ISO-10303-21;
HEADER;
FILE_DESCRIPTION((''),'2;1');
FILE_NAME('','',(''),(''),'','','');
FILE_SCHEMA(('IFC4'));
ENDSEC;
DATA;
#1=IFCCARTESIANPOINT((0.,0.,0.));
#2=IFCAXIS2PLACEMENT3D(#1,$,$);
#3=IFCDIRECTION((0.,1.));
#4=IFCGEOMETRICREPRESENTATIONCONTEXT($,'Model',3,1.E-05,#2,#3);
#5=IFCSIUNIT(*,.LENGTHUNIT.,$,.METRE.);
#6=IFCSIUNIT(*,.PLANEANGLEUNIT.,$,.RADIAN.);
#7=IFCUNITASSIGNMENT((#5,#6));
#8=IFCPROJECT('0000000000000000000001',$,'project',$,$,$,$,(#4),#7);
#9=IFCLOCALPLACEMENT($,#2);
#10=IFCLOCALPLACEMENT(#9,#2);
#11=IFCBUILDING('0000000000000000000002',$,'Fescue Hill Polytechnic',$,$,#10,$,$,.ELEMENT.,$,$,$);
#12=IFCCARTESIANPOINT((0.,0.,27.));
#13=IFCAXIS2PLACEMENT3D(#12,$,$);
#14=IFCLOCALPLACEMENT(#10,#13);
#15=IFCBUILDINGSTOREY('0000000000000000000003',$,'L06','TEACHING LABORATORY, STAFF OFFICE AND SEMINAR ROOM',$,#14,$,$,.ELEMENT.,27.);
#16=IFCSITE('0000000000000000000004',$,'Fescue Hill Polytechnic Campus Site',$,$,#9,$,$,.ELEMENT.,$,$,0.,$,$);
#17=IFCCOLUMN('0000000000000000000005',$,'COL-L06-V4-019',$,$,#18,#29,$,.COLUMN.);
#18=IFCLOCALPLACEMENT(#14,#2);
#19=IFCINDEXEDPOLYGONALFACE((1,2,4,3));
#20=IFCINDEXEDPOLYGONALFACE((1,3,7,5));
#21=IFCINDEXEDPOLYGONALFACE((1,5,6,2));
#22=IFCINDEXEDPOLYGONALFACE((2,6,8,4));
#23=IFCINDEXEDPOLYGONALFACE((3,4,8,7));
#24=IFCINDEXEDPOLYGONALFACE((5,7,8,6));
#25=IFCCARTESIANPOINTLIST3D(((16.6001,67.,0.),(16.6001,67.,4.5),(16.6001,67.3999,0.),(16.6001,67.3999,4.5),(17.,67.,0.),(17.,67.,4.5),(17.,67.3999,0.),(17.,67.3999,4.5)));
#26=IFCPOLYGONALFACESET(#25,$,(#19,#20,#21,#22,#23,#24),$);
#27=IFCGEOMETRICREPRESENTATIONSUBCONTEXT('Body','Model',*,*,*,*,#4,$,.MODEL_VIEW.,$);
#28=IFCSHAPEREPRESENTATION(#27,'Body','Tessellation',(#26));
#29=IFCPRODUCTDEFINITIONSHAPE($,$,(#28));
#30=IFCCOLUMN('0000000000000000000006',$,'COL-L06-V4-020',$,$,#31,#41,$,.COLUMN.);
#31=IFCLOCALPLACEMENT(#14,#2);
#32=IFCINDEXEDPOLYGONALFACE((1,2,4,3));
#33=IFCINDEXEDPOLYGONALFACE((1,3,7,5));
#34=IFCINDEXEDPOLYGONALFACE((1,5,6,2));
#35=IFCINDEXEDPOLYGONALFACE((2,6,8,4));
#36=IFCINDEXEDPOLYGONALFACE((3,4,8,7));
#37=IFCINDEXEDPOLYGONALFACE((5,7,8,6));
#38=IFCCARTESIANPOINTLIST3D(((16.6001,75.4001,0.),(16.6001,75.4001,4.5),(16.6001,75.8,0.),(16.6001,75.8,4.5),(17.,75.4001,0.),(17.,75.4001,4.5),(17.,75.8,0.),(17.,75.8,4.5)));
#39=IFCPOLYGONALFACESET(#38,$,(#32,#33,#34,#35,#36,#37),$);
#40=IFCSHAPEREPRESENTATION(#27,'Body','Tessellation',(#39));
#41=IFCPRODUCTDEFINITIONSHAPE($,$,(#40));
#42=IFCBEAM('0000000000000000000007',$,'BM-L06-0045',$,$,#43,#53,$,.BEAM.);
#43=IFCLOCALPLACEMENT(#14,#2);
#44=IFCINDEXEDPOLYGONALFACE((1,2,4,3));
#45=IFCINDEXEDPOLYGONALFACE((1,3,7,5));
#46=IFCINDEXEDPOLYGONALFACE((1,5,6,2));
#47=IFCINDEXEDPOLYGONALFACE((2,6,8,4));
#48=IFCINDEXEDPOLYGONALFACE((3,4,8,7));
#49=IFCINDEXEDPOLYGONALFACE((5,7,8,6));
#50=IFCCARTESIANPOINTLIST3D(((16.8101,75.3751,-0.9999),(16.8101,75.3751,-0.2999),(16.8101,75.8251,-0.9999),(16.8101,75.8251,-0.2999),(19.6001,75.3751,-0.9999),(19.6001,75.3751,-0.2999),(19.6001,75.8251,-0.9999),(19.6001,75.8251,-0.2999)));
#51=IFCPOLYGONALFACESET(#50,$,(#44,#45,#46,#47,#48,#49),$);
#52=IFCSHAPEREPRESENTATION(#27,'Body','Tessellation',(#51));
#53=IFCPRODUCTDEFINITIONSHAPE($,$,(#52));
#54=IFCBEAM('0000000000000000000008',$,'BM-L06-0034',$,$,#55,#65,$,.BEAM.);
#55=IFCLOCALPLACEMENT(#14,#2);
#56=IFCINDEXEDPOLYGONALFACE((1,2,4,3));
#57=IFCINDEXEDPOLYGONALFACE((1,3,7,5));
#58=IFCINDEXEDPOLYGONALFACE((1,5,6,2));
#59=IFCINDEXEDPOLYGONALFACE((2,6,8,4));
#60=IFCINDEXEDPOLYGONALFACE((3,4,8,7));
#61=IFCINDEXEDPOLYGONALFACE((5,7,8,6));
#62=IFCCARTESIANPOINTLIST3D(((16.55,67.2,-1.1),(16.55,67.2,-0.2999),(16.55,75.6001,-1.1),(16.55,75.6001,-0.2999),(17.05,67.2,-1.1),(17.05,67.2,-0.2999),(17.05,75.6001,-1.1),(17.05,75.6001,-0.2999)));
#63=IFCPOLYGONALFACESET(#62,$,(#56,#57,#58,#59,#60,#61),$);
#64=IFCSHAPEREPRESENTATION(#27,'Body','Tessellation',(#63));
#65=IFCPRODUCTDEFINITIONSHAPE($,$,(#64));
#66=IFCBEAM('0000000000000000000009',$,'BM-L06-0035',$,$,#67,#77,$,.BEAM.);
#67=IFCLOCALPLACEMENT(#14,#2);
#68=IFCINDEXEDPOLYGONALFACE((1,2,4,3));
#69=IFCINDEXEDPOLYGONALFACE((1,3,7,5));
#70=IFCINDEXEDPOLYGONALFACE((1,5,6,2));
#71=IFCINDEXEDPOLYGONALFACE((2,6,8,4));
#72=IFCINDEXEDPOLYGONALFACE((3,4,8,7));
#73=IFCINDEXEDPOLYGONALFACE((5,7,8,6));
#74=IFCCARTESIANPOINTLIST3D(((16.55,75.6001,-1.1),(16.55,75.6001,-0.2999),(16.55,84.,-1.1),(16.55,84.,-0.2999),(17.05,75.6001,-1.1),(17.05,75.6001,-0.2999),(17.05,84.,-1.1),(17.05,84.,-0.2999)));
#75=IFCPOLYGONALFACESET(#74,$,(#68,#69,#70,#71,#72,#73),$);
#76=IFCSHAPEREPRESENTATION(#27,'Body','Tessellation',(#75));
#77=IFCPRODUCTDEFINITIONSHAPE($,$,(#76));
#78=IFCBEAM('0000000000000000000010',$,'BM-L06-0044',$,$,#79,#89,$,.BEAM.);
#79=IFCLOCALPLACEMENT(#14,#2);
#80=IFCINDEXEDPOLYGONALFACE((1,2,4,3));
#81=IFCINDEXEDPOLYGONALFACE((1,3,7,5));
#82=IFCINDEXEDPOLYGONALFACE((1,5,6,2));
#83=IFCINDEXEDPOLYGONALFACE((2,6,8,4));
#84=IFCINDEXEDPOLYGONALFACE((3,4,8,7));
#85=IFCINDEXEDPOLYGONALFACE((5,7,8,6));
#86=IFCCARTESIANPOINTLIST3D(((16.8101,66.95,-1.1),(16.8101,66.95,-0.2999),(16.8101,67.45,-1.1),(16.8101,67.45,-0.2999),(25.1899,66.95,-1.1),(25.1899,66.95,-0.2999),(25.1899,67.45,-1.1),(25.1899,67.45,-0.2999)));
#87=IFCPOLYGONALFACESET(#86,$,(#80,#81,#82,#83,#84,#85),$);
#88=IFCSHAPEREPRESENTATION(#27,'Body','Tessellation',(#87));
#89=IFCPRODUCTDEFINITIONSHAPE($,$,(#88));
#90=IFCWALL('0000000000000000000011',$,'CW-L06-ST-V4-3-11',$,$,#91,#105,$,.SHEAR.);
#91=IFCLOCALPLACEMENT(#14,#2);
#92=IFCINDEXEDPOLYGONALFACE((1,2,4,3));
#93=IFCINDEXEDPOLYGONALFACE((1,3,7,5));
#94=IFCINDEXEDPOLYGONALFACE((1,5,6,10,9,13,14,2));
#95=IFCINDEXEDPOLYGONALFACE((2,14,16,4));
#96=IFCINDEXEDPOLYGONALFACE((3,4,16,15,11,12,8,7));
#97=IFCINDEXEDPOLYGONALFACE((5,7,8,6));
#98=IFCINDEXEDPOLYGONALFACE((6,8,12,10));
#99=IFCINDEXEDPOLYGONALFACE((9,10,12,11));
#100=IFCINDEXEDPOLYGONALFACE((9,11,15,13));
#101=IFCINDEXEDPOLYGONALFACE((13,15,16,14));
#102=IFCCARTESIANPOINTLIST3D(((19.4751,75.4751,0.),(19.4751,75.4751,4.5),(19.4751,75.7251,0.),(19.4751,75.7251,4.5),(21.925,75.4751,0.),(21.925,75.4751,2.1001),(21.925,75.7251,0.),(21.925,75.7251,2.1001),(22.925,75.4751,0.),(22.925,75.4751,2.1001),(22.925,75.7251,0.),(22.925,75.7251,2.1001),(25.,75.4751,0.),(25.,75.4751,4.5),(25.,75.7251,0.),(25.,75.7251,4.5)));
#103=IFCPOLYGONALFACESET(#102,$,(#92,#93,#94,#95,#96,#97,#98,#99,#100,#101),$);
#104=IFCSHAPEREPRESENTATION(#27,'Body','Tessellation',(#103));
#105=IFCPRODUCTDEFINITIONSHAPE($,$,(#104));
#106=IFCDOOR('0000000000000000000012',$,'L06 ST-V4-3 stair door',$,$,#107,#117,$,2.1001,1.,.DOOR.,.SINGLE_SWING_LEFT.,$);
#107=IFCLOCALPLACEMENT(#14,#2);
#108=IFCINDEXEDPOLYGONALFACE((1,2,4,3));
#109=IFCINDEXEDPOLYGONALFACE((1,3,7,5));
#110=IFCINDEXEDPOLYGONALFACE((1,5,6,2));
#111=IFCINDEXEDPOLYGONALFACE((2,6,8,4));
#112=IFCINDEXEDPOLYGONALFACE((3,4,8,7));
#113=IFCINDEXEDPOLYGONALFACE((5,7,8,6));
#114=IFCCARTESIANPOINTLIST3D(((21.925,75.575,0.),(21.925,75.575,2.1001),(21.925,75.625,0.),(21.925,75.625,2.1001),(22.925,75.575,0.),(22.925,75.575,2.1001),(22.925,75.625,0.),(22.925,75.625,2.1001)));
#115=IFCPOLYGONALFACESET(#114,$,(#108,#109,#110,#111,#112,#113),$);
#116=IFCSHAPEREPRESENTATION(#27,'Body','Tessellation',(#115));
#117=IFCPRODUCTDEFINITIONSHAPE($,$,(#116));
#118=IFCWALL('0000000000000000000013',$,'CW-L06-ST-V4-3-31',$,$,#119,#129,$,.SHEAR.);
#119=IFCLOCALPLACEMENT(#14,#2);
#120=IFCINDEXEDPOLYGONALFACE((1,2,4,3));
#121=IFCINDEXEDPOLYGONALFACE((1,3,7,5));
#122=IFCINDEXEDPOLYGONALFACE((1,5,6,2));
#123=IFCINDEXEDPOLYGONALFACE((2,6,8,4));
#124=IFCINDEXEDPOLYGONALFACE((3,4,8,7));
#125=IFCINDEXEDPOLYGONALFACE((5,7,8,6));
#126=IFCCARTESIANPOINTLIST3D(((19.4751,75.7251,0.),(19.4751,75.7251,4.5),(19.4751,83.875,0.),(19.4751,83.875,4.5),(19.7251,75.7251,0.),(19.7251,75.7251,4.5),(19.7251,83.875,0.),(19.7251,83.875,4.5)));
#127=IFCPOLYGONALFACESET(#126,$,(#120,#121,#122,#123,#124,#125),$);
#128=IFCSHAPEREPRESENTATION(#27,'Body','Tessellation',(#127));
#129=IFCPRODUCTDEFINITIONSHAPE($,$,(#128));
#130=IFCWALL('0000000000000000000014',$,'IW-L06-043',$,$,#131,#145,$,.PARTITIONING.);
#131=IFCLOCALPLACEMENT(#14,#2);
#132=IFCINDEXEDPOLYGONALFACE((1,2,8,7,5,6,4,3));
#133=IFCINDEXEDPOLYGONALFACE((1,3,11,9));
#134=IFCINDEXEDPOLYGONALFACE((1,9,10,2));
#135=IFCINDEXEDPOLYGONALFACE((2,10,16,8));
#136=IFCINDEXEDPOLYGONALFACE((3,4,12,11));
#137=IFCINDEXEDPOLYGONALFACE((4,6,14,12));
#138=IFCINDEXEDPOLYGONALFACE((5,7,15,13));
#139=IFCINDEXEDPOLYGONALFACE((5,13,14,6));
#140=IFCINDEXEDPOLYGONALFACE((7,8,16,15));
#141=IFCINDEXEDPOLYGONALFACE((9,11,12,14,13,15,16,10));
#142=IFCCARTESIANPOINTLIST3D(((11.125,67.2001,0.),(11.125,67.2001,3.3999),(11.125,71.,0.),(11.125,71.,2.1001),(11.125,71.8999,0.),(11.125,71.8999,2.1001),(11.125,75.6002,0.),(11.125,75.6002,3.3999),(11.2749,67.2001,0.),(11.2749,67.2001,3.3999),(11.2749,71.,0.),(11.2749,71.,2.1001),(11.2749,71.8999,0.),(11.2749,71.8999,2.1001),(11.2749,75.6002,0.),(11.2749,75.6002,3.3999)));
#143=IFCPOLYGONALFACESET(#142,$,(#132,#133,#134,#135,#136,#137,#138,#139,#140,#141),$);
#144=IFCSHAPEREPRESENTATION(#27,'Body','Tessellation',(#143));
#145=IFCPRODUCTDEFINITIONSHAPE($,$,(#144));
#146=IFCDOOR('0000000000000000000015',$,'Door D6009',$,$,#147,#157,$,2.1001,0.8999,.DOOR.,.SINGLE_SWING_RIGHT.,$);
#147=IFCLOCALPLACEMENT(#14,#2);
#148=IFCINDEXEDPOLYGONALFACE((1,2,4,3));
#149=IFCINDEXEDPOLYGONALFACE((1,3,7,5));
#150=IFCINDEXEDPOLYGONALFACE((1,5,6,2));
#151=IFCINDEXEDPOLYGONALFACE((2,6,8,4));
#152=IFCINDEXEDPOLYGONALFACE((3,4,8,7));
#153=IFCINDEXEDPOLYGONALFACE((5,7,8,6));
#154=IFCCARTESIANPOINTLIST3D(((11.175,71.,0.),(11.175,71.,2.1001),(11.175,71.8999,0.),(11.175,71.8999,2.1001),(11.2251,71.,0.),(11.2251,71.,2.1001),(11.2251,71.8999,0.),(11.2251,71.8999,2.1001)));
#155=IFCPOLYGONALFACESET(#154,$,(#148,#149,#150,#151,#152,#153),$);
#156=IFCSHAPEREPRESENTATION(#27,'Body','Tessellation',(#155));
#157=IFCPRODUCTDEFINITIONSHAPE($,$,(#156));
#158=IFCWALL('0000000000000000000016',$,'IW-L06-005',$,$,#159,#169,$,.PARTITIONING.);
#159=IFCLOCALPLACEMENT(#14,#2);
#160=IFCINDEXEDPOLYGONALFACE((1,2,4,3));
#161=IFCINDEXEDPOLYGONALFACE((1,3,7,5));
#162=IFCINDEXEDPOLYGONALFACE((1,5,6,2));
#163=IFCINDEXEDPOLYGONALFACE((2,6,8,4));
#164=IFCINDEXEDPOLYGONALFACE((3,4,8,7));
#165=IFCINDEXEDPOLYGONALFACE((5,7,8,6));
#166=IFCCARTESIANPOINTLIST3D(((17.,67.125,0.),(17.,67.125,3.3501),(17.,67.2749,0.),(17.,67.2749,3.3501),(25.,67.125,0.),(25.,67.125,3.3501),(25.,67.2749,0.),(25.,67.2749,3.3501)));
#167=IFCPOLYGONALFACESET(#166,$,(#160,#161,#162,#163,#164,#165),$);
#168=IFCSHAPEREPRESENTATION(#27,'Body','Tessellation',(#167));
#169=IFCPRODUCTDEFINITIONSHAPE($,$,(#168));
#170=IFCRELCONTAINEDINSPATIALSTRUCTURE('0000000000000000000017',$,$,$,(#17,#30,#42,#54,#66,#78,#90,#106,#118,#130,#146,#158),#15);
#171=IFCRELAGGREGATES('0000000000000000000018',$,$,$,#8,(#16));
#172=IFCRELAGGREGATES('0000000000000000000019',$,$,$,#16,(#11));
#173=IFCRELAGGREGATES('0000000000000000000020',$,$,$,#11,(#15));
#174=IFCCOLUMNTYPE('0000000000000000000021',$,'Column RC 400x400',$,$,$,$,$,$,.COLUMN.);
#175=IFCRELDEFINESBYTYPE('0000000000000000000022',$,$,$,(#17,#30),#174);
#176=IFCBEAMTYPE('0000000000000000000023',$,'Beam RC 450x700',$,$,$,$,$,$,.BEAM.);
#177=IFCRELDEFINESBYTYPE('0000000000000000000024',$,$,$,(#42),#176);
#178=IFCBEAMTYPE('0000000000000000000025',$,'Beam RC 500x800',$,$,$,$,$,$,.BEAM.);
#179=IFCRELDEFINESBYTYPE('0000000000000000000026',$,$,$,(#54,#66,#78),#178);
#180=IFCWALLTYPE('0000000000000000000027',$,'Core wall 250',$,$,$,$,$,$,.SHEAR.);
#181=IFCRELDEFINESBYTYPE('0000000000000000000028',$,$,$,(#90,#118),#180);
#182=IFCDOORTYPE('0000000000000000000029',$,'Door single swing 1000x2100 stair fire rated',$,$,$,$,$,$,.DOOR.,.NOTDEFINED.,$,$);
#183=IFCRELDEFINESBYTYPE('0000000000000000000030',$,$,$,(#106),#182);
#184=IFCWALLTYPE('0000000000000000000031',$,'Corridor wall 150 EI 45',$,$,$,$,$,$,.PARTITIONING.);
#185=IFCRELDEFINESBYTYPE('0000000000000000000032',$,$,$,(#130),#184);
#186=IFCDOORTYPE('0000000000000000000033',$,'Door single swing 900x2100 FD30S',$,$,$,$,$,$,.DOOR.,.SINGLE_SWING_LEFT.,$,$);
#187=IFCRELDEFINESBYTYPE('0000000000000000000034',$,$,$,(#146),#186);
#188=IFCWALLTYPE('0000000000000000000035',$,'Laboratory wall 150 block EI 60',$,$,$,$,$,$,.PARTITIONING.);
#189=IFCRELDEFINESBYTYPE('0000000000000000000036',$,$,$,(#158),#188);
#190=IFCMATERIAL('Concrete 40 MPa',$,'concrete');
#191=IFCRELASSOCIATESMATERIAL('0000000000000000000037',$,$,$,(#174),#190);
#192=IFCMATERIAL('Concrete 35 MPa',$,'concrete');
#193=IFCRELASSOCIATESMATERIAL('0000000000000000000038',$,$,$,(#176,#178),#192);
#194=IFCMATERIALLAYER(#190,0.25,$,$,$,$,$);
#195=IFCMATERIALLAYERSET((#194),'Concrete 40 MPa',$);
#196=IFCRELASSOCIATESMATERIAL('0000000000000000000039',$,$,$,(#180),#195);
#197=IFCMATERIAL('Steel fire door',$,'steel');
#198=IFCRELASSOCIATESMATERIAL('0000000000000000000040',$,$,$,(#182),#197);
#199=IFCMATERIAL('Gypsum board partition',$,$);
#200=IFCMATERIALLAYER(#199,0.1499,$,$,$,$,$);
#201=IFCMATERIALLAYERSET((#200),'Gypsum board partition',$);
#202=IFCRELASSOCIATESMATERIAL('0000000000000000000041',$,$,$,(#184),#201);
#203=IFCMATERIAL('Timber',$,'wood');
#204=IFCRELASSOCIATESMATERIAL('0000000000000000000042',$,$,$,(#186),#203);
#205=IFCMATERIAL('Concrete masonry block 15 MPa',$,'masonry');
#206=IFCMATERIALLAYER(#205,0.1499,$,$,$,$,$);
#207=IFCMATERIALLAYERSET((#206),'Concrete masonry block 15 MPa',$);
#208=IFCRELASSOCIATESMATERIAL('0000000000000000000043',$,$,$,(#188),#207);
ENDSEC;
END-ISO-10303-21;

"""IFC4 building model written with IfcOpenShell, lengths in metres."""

from ifc_helpers import new_model, si_unit, direction, frame, frame_2d, origin, origin_2d, place, context, subcontext, project, spatial, rectangle, extrude, material, layer, layer_set, material_profile, profile_set, type_object, element, fill, save


model = new_model("IFC4")

# Units and contexts
model_context = context("Model", 3, precision=1e-05, world=origin(), true_north=direction((0.0, 1.0)))
body_context = subcontext(model_context, "Body", "Model", "MODEL_VIEW")
ifc_project = project(units=[si_unit("LENGTHUNIT", "METRE"), si_unit("PLANEANGLEUNIT", "RADIAN")], contexts=[model_context])

# Site, building, storey
site_placement = place(None, origin())
site = spatial("IfcSite", under=ifc_project, at=site_placement, Name="Fescue Hill Polytechnic Campus Site", CompositionType="ELEMENT", RefElevation=0.0)
building_placement = place(site_placement, origin())
building = spatial("IfcBuilding", under=site, at=building_placement, Name="Fescue Hill Polytechnic", CompositionType="ELEMENT")
storey_placement = place(building_placement, frame((0.0, 0.0, 27.0)))
storey = spatial("IfcBuildingStorey", under=building, at=storey_placement, Name="L06", Description="TEACHING LABORATORY, STAFF OFFICE AND SEMINAR ROOM", CompositionType="ELEMENT", Elevation=27.0)

# Columns
ifc_material_1 = material(Name="Concrete 40 MPa", Category="concrete")
ifc_material_profile_1 = material_profile(ifc_material_1, rectangle(XDim=0.3999, YDim=0.3999, at=origin_2d()), Name="RC 400x400")
ifc_profile_set_1 = profile_set([ifc_material_profile_1], Name="Concrete 40 MPa")
column_type = type_object("IfcColumnType", Name="Column RC 400x400", PredefinedType="COLUMN", material=ifc_profile_set_1)
for number, where, z_axis, x_axis, name in (
    (1, (16.8, 67.2, 0.0), (0.0, 0.0, 1.0), (1.0, 0.0, 0.0), "COL-L06-V4-019"),
    (2, (16.8, 75.6001, 0.0), (0.0, 0.0, 1.0), (1.0, 0.0, 0.0), "COL-L06-V4-020"),
):
    element("IfcColumn", number, at=place(storey_placement, frame(where, z_axis=z_axis, x_axis=x_axis)), inside=storey, type_object=column_type, Name=name, PredefinedType="COLUMN", context=body_context, shape_type="SweptSolid", body=[
        extrude(rectangle(XDim=0.3999, YDim=0.3999, at=origin_2d()), origin(), (0.0, 0.0, 1.0), 4.5),
    ])

# Beams
ifc_material_2 = material(Name="Concrete 35 MPa", Category="concrete")
ifc_material_profile_2 = material_profile(ifc_material_2, rectangle(XDim=0.45, YDim=0.7, at=origin_2d()), Name="RC 450x700")
ifc_profile_set_2 = profile_set([ifc_material_profile_2], Name="Concrete 35 MPa")
beam_type_1 = type_object("IfcBeamType", Name="Beam RC 450x700", PredefinedType="BEAM", material=ifc_profile_set_2)
beam_1_placement = place(storey_placement, frame((16.8101, 75.6001, -0.6499), z_axis=(1.0, 0.0, 0.0), x_axis=(0.0, 1.0, 0.0)))
element("IfcBeam", 3, at=beam_1_placement, inside=storey, type_object=beam_type_1, Name="BM-L06-0045", PredefinedType="BEAM", context=body_context, shape_type="SweptSolid", body=[
    extrude(rectangle(XDim=0.45, YDim=0.7, at=origin_2d()), origin(), (0.0, 0.0, 1.0), 2.79),
])
ifc_material_profile_3 = material_profile(ifc_material_2, rectangle(XDim=0.5, YDim=0.8, at=origin_2d()), Name="RC 500x800")
ifc_profile_set_3 = profile_set([ifc_material_profile_3], Name="Concrete 35 MPa")
beam_type_2 = type_object("IfcBeamType", Name="Beam RC 500x800", PredefinedType="BEAM", material=ifc_profile_set_3)
beam_2_placement = place(storey_placement, frame((16.8, 67.2, -0.7), z_axis=(0.0, 1.0, 0.0), x_axis=(-1.0, 0.0, 0.0)))
element("IfcBeam", 4, at=beam_2_placement, inside=storey, type_object=beam_type_2, Name="BM-L06-0034", PredefinedType="BEAM", context=body_context, shape_type="SweptSolid", body=[
    extrude(rectangle(XDim=0.5, YDim=0.8, at=origin_2d()), origin(), (0.0, 0.0, 1.0), 8.4001),
])
beam_3_placement = place(storey_placement, frame((16.8, 75.6001, -0.7), z_axis=(0.0, 1.0, 0.0), x_axis=(-1.0, 0.0, 0.0)))
element("IfcBeam", 5, at=beam_3_placement, inside=storey, type_object=beam_type_2, Name="BM-L06-0035", PredefinedType="BEAM", context=body_context, shape_type="SweptSolid", body=[
    extrude(rectangle(XDim=0.5, YDim=0.8, at=origin_2d()), origin(), (0.0, 0.0, 1.0), 8.3999),
])
beam_4_placement = place(storey_placement, frame((16.8101, 67.2, -0.7), z_axis=(1.0, 0.0, 0.0), x_axis=(0.0, 1.0, 0.0)))
element("IfcBeam", 6, at=beam_4_placement, inside=storey, type_object=beam_type_2, Name="BM-L06-0044", PredefinedType="BEAM", context=body_context, shape_type="SweptSolid", body=[
    extrude(rectangle(XDim=0.5, YDim=0.8, at=origin_2d()), origin(), (0.0, 0.0, 1.0), 8.3799),
])

# Wall, opening, door
ifc_layer_1 = layer(ifc_material_1, 0.25)
ifc_layer_set_1 = layer_set([ifc_layer_1], Name="Concrete 40 MPa")
wall_type_1 = type_object("IfcWallType", Name="Core wall 250", PredefinedType="SHEAR", material=ifc_layer_set_1)
wall_1_placement = place(storey_placement, frame((19.4751, 75.6001, 0.0), z_axis=(0.0, 0.0, 1.0), x_axis=(1.0, 0.0, 0.0)))
wall_1 = element("IfcWall", 7, at=wall_1_placement, inside=storey, type_object=wall_type_1, Name="CW-L06-ST-V4-3-11", PredefinedType="SHEAR", context=body_context, shape_type="SweptSolid", body=[
    extrude(rectangle(XDim=5.5249, YDim=0.25, at=frame_2d((2.7625, 0.0))), origin(), (0.0, 0.0, 1.0), 4.5),
])
opening_1_placement = place(wall_1_placement, frame((2.45, 0.0, 0.0)))
opening_1 = element("IfcOpeningElement", 8, at=opening_1_placement, cuts=wall_1, PredefinedType="OPENING", context=body_context, shape_type="SweptSolid", body=[
    extrude(rectangle(XDim=1.0, YDim=2.1001, at=frame_2d((0.5, 1.05))), frame((0.0, 0.135, 0.0), z_axis=(0.0, -1.0, 0.0), x_axis=(1.0, 0.0, 0.0)), (0.0, 0.0, 1.0), 0.27),
])
ifc_material_3 = material(Name="Steel fire door", Category="steel")
door_type_1 = type_object("IfcDoorType", Name="Door single swing 1000x2100 stair fire rated", OperationType="NOTDEFINED", PredefinedType="DOOR", material=ifc_material_3)
door_1_placement = place(opening_1_placement, origin())
door_1 = element("IfcDoor", 9, at=door_1_placement, inside=storey, type_object=door_type_1, Name="L06 ST-V4-3 stair door", OperationType="SINGLE_SWING_LEFT", OverallHeight=2.1001, OverallWidth=1.0, PredefinedType="DOOR", context=body_context, shape_type="SweptSolid", body=[
    extrude(rectangle(XDim=1.0, YDim=2.1001, at=frame_2d((0.5, 1.05))), frame((0.0, 0.0249, 0.0), z_axis=(0.0, -1.0, 0.0), x_axis=(1.0, 0.0, 0.0)), (0.0, 0.0, 1.0), 0.05),
])
fill(opening_1, door_1)

# Wall
wall_2_placement = place(storey_placement, frame((19.6001, 75.7251, 0.0), z_axis=(0.0, 0.0, 1.0), x_axis=(0.0, 1.0, 0.0)))
element("IfcWall", 10, at=wall_2_placement, inside=storey, type_object=wall_type_1, Name="CW-L06-ST-V4-3-31", PredefinedType="SHEAR", context=body_context, shape_type="SweptSolid", body=[
    extrude(rectangle(XDim=8.1499, YDim=0.25, at=frame_2d((4.075, 0.0))), origin(), (0.0, 0.0, 1.0), 4.5),
])

# Wall, opening, door
ifc_material_4 = material(Name="Gypsum board partition")
ifc_layer_2 = layer(ifc_material_4, 0.1499)
ifc_layer_set_2 = layer_set([ifc_layer_2], Name="Gypsum board partition")
wall_type_2 = type_object("IfcWallType", Name="Corridor wall 150 EI 45", PredefinedType="PARTITIONING", material=ifc_layer_set_2)
wall_3_placement = place(storey_placement, frame((11.2, 67.2, 0.0), z_axis=(0.0, 0.0, 1.0), x_axis=(0.0, 1.0, 0.0)))
wall_3 = element("IfcWall", 11, at=wall_3_placement, inside=storey, type_object=wall_type_2, Name="IW-L06-043", PredefinedType="PARTITIONING", context=body_context, shape_type="SweptSolid", body=[
    extrude(rectangle(XDim=8.4001, YDim=0.1499, at=frame_2d((4.2002, 0.0))), origin(), (0.0, 0.0, 1.0), 3.3999),
])
opening_2_placement = place(wall_3_placement, frame((3.8, 0.0, 0.0)))
opening_2 = element("IfcOpeningElement", 12, at=opening_2_placement, cuts=wall_3, PredefinedType="OPENING", context=body_context, shape_type="SweptSolid", body=[
    extrude(rectangle(XDim=0.8999, YDim=2.1001, at=frame_2d((0.45, 1.05))), frame((0.0, 0.085, 0.0), z_axis=(0.0, -1.0, 0.0), x_axis=(1.0, 0.0, 0.0)), (0.0, 0.0, 1.0), 0.1699),
])
ifc_material_5 = material(Name="Timber", Category="wood")
door_type_2 = type_object("IfcDoorType", Name="Door single swing 900x2100 FD30S", OperationType="SINGLE_SWING_LEFT", PredefinedType="DOOR", material=ifc_material_5)
door_2_placement = place(opening_2_placement, origin())
door_2 = element("IfcDoor", 13, at=door_2_placement, inside=storey, type_object=door_type_2, Name="Door D6009", OperationType="SINGLE_SWING_RIGHT", OverallHeight=2.1001, OverallWidth=0.8999, PredefinedType="DOOR", context=body_context, shape_type="SweptSolid", body=[
    extrude(rectangle(XDim=0.8999, YDim=2.1001, at=frame_2d((0.45, 1.05))), frame((0.0, 0.0249, 0.0), z_axis=(0.0, -1.0, 0.0), x_axis=(1.0, 0.0, 0.0)), (0.0, 0.0, 1.0), 0.05),
])
fill(opening_2, door_2)

# Wall
ifc_material_6 = material(Name="Concrete masonry block 15 MPa", Category="masonry")
ifc_layer_3 = layer(ifc_material_6, 0.1499)
ifc_layer_set_3 = layer_set([ifc_layer_3], Name="Concrete masonry block 15 MPa")
wall_type_3 = type_object("IfcWallType", Name="Laboratory wall 150 block EI 60", PredefinedType="PARTITIONING", material=ifc_layer_set_3)
wall_4_placement = place(storey_placement, frame((17.0, 67.2, 0.0), z_axis=(0.0, 0.0, 1.0), x_axis=(1.0, 0.0, 0.0)))
element("IfcWall", 14, at=wall_4_placement, inside=storey, type_object=wall_type_3, Name="IW-L06-005", PredefinedType="PARTITIONING", context=body_context, shape_type="SweptSolid", body=[
    extrude(rectangle(XDim=8.0, YDim=0.1499, at=frame_2d((4.0, 0.0))), origin(), (0.0, 0.0, 1.0), 3.3501),
])

save(model, "model.ifc")
